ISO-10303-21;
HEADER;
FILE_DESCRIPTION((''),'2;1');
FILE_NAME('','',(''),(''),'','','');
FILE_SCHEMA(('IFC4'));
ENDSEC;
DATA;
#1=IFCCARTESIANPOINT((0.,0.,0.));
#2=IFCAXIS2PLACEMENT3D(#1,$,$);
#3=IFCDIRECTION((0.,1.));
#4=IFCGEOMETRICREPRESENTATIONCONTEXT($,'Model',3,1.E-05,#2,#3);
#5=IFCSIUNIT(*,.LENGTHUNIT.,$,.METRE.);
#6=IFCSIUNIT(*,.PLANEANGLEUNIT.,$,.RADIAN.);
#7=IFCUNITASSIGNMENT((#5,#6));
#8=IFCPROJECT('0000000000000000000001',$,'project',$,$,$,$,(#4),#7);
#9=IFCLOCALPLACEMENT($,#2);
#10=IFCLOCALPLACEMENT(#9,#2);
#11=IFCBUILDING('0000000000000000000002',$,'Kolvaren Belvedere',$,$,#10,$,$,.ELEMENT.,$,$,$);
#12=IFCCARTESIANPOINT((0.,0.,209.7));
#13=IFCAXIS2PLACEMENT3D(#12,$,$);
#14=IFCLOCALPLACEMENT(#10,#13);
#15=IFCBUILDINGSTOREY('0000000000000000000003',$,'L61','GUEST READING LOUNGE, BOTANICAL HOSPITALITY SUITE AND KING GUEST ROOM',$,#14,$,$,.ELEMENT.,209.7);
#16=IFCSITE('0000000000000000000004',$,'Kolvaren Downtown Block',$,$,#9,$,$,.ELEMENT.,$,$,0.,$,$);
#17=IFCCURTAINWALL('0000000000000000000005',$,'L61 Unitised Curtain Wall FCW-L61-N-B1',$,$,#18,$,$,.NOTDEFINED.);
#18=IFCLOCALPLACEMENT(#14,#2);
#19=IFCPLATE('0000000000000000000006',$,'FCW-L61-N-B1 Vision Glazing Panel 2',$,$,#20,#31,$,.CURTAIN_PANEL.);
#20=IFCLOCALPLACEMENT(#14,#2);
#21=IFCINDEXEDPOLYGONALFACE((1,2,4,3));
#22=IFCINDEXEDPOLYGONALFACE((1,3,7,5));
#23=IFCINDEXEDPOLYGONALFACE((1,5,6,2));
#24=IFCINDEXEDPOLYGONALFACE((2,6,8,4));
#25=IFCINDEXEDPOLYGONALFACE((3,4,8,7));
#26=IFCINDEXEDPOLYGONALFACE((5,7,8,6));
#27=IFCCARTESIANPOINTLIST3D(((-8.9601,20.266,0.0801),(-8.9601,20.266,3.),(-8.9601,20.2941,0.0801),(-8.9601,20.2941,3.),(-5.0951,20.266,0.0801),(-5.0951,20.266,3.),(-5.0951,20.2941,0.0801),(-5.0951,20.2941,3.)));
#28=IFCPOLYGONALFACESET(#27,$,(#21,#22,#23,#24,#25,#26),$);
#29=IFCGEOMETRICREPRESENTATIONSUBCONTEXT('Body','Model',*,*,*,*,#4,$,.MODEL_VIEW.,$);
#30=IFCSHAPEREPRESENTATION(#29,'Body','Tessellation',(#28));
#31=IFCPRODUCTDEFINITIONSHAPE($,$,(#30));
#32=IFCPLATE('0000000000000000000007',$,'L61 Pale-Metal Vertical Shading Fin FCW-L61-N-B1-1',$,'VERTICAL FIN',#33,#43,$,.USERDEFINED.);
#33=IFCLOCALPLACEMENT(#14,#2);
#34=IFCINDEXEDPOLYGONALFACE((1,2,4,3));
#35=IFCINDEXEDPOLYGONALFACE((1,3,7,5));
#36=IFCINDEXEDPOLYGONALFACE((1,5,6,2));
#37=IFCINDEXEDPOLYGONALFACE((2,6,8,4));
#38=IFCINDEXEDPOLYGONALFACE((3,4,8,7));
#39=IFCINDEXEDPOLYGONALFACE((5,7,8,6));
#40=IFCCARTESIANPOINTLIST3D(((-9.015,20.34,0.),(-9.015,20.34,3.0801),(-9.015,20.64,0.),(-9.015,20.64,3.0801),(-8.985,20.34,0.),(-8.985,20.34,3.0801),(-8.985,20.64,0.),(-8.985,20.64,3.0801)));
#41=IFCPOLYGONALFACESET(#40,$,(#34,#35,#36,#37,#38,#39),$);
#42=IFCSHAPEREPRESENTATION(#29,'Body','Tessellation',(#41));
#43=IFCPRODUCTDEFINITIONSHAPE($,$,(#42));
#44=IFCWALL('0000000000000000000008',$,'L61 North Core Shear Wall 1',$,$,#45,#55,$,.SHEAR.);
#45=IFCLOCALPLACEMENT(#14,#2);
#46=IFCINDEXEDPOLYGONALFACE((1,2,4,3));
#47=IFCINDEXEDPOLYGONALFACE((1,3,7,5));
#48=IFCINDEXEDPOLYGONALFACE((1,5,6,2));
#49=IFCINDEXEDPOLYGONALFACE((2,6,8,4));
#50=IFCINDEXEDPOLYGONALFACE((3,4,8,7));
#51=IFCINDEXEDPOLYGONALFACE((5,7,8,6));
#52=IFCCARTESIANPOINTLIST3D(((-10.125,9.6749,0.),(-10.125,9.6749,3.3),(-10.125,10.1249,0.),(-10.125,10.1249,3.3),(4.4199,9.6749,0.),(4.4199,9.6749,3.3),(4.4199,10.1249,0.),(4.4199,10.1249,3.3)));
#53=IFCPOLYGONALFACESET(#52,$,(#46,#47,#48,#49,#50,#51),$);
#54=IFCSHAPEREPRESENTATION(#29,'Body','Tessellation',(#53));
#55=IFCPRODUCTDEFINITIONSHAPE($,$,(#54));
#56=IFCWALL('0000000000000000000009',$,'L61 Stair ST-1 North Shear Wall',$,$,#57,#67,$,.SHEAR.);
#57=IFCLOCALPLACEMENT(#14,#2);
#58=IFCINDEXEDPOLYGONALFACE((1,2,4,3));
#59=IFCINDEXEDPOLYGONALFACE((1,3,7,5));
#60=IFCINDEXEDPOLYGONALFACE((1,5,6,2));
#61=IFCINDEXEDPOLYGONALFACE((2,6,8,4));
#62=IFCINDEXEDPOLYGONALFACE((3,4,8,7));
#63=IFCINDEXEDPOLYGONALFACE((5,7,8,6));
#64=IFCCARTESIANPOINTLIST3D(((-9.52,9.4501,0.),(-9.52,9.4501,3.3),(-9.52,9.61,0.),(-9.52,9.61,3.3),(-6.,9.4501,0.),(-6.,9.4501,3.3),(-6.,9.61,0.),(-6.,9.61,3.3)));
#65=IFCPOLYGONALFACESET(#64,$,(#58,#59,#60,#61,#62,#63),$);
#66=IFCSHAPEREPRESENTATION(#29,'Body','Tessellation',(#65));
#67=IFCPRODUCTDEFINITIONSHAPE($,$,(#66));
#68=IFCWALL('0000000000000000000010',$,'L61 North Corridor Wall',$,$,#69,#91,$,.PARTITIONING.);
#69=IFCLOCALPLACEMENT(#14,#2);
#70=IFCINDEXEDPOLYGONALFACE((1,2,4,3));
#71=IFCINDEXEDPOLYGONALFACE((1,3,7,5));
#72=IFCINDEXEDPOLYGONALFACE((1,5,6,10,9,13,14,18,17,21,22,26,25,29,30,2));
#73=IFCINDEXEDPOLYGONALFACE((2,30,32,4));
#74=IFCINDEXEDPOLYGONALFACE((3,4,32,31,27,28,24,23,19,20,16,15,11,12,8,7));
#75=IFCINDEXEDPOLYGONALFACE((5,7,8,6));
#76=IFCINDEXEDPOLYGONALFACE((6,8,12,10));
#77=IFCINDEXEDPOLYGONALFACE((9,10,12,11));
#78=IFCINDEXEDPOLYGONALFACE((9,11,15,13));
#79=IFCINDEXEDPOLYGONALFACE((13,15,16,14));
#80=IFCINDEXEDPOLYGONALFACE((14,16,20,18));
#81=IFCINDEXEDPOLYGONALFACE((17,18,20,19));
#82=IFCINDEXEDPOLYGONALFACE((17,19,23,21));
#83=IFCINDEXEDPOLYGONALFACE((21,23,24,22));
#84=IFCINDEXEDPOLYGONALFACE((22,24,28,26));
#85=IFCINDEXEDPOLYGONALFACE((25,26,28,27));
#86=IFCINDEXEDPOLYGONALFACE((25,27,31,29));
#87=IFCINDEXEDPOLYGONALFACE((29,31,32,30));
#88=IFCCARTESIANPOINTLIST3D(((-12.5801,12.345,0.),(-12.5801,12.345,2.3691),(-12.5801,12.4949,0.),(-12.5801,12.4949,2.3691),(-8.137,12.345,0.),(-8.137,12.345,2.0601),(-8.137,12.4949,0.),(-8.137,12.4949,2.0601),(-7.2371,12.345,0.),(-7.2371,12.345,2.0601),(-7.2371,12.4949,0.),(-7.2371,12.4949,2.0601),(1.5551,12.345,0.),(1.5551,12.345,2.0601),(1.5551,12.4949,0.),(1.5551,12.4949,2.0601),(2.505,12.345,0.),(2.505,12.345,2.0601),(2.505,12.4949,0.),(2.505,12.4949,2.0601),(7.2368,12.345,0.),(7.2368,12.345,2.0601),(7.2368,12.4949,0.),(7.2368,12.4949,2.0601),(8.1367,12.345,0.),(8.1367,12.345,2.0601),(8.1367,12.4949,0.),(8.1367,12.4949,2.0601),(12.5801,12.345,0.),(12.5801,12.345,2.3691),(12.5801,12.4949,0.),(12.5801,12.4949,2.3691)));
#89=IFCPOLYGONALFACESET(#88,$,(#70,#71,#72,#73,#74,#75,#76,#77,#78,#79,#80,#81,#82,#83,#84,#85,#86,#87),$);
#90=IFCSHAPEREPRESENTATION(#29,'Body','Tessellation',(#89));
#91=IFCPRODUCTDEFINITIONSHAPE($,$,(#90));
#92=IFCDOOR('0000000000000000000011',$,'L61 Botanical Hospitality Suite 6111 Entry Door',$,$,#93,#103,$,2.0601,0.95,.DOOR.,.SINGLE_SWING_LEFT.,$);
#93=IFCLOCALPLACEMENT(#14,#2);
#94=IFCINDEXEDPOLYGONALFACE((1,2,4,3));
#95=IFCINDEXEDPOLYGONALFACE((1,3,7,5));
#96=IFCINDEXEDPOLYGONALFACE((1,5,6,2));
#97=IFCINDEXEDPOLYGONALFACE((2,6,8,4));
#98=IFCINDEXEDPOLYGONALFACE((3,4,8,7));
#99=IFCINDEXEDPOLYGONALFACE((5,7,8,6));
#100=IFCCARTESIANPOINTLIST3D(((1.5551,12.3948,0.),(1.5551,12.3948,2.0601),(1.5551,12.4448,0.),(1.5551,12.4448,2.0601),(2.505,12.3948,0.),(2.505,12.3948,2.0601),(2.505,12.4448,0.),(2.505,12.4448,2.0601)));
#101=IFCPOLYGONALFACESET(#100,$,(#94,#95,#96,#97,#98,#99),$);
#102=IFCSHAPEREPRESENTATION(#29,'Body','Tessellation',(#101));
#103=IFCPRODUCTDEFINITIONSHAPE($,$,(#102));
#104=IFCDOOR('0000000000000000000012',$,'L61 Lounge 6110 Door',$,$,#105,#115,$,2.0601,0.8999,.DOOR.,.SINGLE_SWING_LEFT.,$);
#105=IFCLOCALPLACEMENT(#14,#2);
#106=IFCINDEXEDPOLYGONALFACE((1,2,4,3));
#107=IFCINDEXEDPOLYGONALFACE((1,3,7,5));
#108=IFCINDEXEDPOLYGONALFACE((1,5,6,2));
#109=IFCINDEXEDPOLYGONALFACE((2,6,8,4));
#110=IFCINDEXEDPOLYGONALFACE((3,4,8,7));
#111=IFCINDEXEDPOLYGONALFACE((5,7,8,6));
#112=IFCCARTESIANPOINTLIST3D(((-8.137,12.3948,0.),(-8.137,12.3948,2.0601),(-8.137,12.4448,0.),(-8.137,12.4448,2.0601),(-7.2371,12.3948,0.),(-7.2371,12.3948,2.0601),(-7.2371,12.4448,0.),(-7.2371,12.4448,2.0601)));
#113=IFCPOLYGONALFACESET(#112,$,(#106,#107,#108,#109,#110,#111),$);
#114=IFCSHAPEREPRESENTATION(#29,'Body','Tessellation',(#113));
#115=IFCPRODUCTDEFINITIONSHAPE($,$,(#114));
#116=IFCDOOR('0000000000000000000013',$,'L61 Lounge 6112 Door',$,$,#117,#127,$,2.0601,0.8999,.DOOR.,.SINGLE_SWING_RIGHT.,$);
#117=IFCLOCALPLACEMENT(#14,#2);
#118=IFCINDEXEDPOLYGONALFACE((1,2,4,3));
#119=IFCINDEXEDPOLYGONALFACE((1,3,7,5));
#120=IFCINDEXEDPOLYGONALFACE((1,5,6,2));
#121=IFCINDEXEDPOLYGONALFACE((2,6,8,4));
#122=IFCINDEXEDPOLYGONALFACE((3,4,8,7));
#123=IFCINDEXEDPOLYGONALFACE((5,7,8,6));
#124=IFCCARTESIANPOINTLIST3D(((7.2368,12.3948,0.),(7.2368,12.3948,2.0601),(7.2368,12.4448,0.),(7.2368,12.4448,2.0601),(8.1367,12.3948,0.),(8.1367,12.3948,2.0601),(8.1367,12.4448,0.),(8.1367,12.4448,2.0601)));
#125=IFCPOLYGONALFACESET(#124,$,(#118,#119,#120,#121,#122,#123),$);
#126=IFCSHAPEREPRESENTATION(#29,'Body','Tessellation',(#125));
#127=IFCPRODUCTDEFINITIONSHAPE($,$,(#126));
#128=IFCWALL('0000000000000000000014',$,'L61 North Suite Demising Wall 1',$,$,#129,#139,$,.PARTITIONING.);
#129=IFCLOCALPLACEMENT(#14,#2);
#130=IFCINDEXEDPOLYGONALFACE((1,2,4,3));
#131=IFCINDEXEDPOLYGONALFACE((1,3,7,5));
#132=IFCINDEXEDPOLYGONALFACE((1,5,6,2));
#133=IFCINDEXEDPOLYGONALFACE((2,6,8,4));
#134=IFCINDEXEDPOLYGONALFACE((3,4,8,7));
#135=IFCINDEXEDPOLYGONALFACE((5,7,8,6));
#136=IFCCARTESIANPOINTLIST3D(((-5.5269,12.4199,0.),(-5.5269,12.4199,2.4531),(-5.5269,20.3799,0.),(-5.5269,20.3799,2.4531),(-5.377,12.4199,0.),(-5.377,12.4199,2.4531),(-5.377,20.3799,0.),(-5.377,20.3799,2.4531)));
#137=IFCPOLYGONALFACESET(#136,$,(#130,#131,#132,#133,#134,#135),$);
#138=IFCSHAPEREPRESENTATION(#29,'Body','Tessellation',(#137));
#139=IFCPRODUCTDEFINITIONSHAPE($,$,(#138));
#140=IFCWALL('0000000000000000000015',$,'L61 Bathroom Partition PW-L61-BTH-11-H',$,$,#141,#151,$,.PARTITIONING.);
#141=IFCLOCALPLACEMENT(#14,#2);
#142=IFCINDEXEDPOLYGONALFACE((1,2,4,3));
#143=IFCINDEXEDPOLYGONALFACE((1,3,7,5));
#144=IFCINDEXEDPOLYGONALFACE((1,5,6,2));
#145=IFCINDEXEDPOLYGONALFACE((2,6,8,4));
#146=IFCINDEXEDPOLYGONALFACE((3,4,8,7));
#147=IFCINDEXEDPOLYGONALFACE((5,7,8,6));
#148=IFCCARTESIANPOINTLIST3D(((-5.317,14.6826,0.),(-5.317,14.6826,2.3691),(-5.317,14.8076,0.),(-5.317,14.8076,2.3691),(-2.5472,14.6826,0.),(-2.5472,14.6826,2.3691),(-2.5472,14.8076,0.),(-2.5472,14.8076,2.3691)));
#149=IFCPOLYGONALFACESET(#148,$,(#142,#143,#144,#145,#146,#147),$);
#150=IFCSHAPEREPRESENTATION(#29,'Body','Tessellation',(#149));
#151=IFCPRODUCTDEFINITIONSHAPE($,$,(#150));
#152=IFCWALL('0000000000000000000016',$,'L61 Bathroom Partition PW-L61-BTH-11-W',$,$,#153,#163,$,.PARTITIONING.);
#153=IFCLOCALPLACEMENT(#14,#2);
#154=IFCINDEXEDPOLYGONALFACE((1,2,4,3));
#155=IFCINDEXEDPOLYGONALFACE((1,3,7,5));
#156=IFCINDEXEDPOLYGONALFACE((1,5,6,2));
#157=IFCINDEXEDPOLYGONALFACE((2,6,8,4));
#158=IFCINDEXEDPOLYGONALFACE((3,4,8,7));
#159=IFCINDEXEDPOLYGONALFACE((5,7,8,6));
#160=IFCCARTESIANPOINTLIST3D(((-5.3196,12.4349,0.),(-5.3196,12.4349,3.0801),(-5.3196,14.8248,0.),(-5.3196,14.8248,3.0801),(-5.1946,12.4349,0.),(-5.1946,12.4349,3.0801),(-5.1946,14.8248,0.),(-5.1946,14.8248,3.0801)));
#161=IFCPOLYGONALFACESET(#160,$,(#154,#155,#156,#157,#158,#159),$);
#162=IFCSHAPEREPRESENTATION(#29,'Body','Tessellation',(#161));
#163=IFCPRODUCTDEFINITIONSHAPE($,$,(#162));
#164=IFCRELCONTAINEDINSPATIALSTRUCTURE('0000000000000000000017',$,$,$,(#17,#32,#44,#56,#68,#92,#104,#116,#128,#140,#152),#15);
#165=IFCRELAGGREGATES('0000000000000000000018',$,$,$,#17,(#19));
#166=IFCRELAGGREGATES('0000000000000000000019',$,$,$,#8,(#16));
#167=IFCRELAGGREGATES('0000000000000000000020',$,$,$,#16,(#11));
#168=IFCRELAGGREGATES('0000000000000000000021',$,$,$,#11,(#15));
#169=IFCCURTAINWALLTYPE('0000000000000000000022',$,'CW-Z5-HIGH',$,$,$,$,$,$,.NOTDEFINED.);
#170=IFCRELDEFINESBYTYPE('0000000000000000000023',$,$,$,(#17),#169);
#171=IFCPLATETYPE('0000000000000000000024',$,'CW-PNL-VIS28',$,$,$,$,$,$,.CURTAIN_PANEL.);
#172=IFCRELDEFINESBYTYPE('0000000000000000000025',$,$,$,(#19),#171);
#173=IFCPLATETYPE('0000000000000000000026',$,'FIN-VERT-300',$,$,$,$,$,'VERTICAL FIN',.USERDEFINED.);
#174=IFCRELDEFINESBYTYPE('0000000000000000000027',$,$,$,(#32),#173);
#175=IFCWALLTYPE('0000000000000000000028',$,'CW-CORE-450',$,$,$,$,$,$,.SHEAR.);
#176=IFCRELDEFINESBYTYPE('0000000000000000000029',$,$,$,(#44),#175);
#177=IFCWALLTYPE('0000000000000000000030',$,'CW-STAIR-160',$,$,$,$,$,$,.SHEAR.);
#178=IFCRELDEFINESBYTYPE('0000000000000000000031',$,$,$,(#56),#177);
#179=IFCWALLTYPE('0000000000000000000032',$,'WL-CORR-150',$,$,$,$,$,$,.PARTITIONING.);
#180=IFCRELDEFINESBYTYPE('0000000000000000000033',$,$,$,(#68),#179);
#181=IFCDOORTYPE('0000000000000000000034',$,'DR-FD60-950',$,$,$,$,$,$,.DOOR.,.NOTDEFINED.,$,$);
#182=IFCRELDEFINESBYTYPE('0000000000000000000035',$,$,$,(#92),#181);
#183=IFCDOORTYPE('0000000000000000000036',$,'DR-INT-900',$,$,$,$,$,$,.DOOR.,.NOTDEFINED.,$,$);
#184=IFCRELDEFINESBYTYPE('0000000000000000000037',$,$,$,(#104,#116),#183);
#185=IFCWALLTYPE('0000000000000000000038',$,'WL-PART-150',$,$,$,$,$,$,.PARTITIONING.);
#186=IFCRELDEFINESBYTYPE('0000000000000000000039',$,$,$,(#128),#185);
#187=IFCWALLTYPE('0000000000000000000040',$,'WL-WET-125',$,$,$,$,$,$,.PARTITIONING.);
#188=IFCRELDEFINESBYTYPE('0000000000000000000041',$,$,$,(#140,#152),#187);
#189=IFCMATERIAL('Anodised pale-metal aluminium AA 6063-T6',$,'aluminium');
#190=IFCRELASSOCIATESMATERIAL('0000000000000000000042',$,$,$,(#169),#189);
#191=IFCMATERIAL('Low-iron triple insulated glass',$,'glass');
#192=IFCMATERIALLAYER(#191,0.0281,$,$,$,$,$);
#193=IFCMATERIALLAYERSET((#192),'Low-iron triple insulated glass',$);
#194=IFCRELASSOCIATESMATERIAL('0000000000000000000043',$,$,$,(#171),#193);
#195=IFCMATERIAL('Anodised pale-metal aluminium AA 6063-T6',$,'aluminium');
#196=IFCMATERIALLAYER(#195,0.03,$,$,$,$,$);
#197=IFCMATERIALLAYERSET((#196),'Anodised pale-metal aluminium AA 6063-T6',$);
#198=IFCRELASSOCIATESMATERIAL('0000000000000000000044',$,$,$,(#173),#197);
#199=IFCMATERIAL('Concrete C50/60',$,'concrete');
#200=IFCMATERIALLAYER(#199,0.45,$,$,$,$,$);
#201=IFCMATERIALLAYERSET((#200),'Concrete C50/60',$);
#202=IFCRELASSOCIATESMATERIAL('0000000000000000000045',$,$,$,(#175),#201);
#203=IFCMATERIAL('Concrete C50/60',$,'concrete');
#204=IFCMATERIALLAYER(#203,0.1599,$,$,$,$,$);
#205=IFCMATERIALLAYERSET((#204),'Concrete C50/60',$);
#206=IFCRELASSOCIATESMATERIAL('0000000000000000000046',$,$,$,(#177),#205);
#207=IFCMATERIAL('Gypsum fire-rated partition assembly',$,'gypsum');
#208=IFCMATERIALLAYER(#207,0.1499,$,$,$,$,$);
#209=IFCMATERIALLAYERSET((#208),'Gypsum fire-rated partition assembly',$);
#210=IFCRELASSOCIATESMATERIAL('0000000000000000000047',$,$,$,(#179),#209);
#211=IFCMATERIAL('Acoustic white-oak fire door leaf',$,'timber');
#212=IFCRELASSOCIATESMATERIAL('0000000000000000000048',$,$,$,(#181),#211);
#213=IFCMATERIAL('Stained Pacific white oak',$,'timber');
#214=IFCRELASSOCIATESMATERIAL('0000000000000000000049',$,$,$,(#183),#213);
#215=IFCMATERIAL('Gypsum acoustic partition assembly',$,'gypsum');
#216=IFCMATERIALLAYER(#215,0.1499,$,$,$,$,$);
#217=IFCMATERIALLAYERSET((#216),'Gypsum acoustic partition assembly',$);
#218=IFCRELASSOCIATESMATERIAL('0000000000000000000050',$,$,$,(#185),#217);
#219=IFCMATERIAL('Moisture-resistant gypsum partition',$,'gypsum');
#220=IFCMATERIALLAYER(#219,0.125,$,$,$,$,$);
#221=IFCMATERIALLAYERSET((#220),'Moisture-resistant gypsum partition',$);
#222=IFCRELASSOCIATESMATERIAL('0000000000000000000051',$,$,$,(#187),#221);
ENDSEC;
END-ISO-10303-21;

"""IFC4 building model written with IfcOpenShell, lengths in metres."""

from ifc_helpers import new_model, si_unit, direction, frame, frame_2d, origin, origin_2d, place, context, subcontext, project, spatial, rectangle, extrude, material, layer, layer_set, type_object, element, fill, aggregate, save


model = new_model("IFC4")

# Units and contexts
model_context = context("Model", 3, precision=1e-05, world=origin(), true_north=direction((0.0, 1.0)))
body_context = subcontext(model_context, "Body", "Model", "MODEL_VIEW")
ifc_project = project(units=[si_unit("LENGTHUNIT", "METRE"), si_unit("PLANEANGLEUNIT", "RADIAN")], contexts=[model_context])

# Site, building, storey
site_placement = place(None, origin())
site = spatial("IfcSite", under=ifc_project, at=site_placement, Name="Kolvaren Downtown Block", CompositionType="ELEMENT", RefElevation=0.0)
building_placement = place(site_placement, origin())
building = spatial("IfcBuilding", under=site, at=building_placement, Name="Kolvaren Belvedere", CompositionType="ELEMENT")
storey_placement = place(building_placement, frame((0.0, 0.0, 209.7)))
storey = spatial("IfcBuildingStorey", under=building, at=storey_placement, Name="L61", Description="GUEST READING LOUNGE, BOTANICAL HOSPITALITY SUITE AND KING GUEST ROOM", CompositionType="ELEMENT", Elevation=209.7)

# Curtain wall
ifc_material_1 = material(Name="Anodised pale-metal aluminium AA 6063-T6", Category="aluminium")
curtain_wall_type = type_object("IfcCurtainWallType", Name="CW-Z5-HIGH", PredefinedType="NOTDEFINED", material=ifc_material_1)
curtain_wall_1_placement = place(storey_placement, origin())
curtain_wall_1 = element("IfcCurtainWall", 1, at=curtain_wall_1_placement, inside=storey, type_object=curtain_wall_type, Name="L61 Unitised Curtain Wall FCW-L61-N-B1", PredefinedType="NOTDEFINED")

# Plates
ifc_material_2 = material(Name="Low-iron triple insulated glass", Category="glass")
ifc_layer_1 = layer(ifc_material_2, 0.0281)
ifc_layer_set_1 = layer_set([ifc_layer_1], Name="Low-iron triple insulated glass")
plate_type_1 = type_object("IfcPlateType", Name="CW-PNL-VIS28", PredefinedType="CURTAIN_PANEL", material=ifc_layer_set_1)
plate_1_placement = place(storey_placement, frame((-7.0276, 20.28, 0.0801), z_axis=(0.0, 0.0, 1.0), x_axis=(1.0, 0.0, 0.0)))
plate_1 = element("IfcPlate", 2, at=plate_1_placement, type_object=plate_type_1, Name="FCW-L61-N-B1 Vision Glazing Panel 2", PredefinedType="CURTAIN_PANEL", context=body_context, shape_type="SweptSolid", body=[
    extrude(rectangle(XDim=3.865, YDim=0.0281, at=origin_2d()), origin(), (0.0, 0.0, 1.0), 2.9199),
])
aggregate(curtain_wall_1, [plate_1])
ifc_material_3 = material(Name="Anodised pale-metal aluminium AA 6063-T6", Category="aluminium")
ifc_layer_2 = layer(ifc_material_3, 0.03)
ifc_layer_set_2 = layer_set([ifc_layer_2], Name="Anodised pale-metal aluminium AA 6063-T6")
plate_type_2 = type_object("IfcPlateType", Name="FIN-VERT-300", ElementType="VERTICAL FIN", PredefinedType="USERDEFINED", material=ifc_layer_set_2)
plate_2_placement = place(storey_placement, frame((-9.0, 20.49, 0.0), z_axis=(0.0, 0.0, 1.0), x_axis=(0.0, 1.0, 0.0)))
element("IfcPlate", 3, at=plate_2_placement, inside=storey, type_object=plate_type_2, Name="L61 Pale-Metal Vertical Shading Fin FCW-L61-N-B1-1", ObjectType="VERTICAL FIN", PredefinedType="USERDEFINED", context=body_context, shape_type="SweptSolid", body=[
    extrude(rectangle(XDim=0.3, YDim=0.03, at=origin_2d()), origin(), (0.0, 0.0, 1.0), 3.0801),
])

# Walls
ifc_material_4 = material(Name="Concrete C50/60", Category="concrete")
ifc_layer_3 = layer(ifc_material_4, 0.45)
ifc_layer_set_3 = layer_set([ifc_layer_3], Name="Concrete C50/60")
wall_type_1 = type_object("IfcWallType", Name="CW-CORE-450", PredefinedType="SHEAR", material=ifc_layer_set_3)
wall_1_placement = place(storey_placement, frame((-10.125, 9.8999, 0.0), z_axis=(0.0, 0.0, 1.0), x_axis=(1.0, 0.0, 0.0)))
element("IfcWall", 4, at=wall_1_placement, inside=storey, type_object=wall_type_1, Name="L61 North Core Shear Wall 1", PredefinedType="SHEAR", context=body_context, shape_type="SweptSolid", body=[
    extrude(rectangle(XDim=14.5449, YDim=0.45, at=frame_2d((7.2725, 0.0))), origin(), (0.0, 0.0, 1.0), 3.3),
])
ifc_material_5 = material(Name="Concrete C50/60", Category="concrete")
ifc_layer_4 = layer(ifc_material_5, 0.1599)
ifc_layer_set_4 = layer_set([ifc_layer_4], Name="Concrete C50/60")
wall_type_2 = type_object("IfcWallType", Name="CW-STAIR-160", PredefinedType="SHEAR", material=ifc_layer_set_4)
wall_2_placement = place(storey_placement, frame((-9.52, 9.53, 0.0), z_axis=(0.0, 0.0, 1.0), x_axis=(1.0, 0.0, 0.0)))
element("IfcWall", 5, at=wall_2_placement, inside=storey, type_object=wall_type_2, Name="L61 Stair ST-1 North Shear Wall", PredefinedType="SHEAR", context=body_context, shape_type="SweptSolid", body=[
    extrude(rectangle(XDim=3.52, YDim=0.1599, at=frame_2d((1.76, 0.0))), origin(), (0.0, 0.0, 1.0), 3.3),
])

# Wall, openings, doors
ifc_material_6 = material(Name="Gypsum fire-rated partition assembly", Category="gypsum")
ifc_layer_5 = layer(ifc_material_6, 0.1499)
ifc_layer_set_5 = layer_set([ifc_layer_5], Name="Gypsum fire-rated partition assembly")
wall_type_3 = type_object("IfcWallType", Name="WL-CORR-150", PredefinedType="PARTITIONING", material=ifc_layer_set_5)
wall_3_placement = place(storey_placement, frame((-12.5801, 12.4199, 0.0), z_axis=(0.0, 0.0, 1.0), x_axis=(1.0, 0.0, 0.0)))
wall_3 = element("IfcWall", 6, at=wall_3_placement, inside=storey, type_object=wall_type_3, Name="L61 North Corridor Wall", PredefinedType="PARTITIONING", context=body_context, shape_type="SweptSolid", body=[
    extrude(rectangle(XDim=25.1602, YDim=0.1499, at=frame_2d((12.5801, 0.0))), origin(), (0.0, 0.0, 1.0), 2.3691),
])
opening_1_placement = place(wall_3_placement, frame((4.4431, 0.0, 0.0)))
opening_1 = element("IfcOpeningElement", 7, at=opening_1_placement, cuts=wall_3, PredefinedType="OPENING", context=body_context, shape_type="SweptSolid", body=[
    extrude(rectangle(XDim=0.8999, YDim=2.0601, at=frame_2d((0.45, 1.03))), frame((0.0, 0.085, 0.0), z_axis=(0.0, -1.0, 0.0), x_axis=(1.0, 0.0, 0.0)), (0.0, 0.0, 1.0), 0.1699),
])
opening_2_placement = place(wall_3_placement, frame((14.135, 0.0, 0.0)))
opening_2 = element("IfcOpeningElement", 8, at=opening_2_placement, cuts=wall_3, PredefinedType="OPENING", context=body_context, shape_type="SweptSolid", body=[
    extrude(rectangle(XDim=0.95, YDim=2.0601, at=frame_2d((0.4751, 1.03))), frame((0.0, 0.085, 0.0), z_axis=(0.0, -1.0, 0.0), x_axis=(1.0, 0.0, 0.0)), (0.0, 0.0, 1.0), 0.1699),
])
opening_3_placement = place(wall_3_placement, frame((19.8169, 0.0, 0.0)))
opening_3 = element("IfcOpeningElement", 9, at=opening_3_placement, cuts=wall_3, PredefinedType="OPENING", context=body_context, shape_type="SweptSolid", body=[
    extrude(rectangle(XDim=0.8999, YDim=2.0601, at=frame_2d((0.45, 1.03))), frame((0.0, 0.085, 0.0), z_axis=(0.0, -1.0, 0.0), x_axis=(1.0, 0.0, 0.0)), (0.0, 0.0, 1.0), 0.1699),
])
ifc_material_7 = material(Name="Acoustic white-oak fire door leaf", Category="timber")
door_type_1 = type_object("IfcDoorType", Name="DR-FD60-950", OperationType="NOTDEFINED", PredefinedType="DOOR", material=ifc_material_7)
door_1_placement = place(opening_2_placement, origin())
door_1 = element("IfcDoor", 10, at=door_1_placement, inside=storey, type_object=door_type_1, Name="L61 Botanical Hospitality Suite 6111 Entry Door", OperationType="SINGLE_SWING_LEFT", OverallHeight=2.0601, OverallWidth=0.95, PredefinedType="DOOR", context=body_context, shape_type="SweptSolid", body=[
    extrude(rectangle(XDim=0.95, YDim=2.0601, at=frame_2d((0.4751, 1.03))), frame((0.0, 0.0249, 0.0), z_axis=(0.0, -1.0, 0.0), x_axis=(1.0, 0.0, 0.0)), (0.0, 0.0, 1.0), 0.05),
])
fill(opening_2, door_1)
ifc_material_8 = material(Name="Stained Pacific white oak", Category="timber")
door_type_2 = type_object("IfcDoorType", Name="DR-INT-900", OperationType="NOTDEFINED", PredefinedType="DOOR", material=ifc_material_8)
door_2_placement = place(opening_1_placement, origin())
door_2 = element("IfcDoor", 11, at=door_2_placement, inside=storey, type_object=door_type_2, Name="L61 Lounge 6110 Door", OperationType="SINGLE_SWING_LEFT", OverallHeight=2.0601, OverallWidth=0.8999, PredefinedType="DOOR", context=body_context, shape_type="SweptSolid", body=[
    extrude(rectangle(XDim=0.8999, YDim=2.0601, at=frame_2d((0.45, 1.03))), frame((0.0, 0.0249, 0.0), z_axis=(0.0, -1.0, 0.0), x_axis=(1.0, 0.0, 0.0)), (0.0, 0.0, 1.0), 0.05),
])
fill(opening_1, door_2)
door_3_placement = place(opening_3_placement, origin())
door_3 = element("IfcDoor", 12, at=door_3_placement, inside=storey, type_object=door_type_2, Name="L61 Lounge 6112 Door", OperationType="SINGLE_SWING_RIGHT", OverallHeight=2.0601, OverallWidth=0.8999, PredefinedType="DOOR", context=body_context, shape_type="SweptSolid", body=[
    extrude(rectangle(XDim=0.8999, YDim=2.0601, at=frame_2d((0.45, 1.03))), frame((0.0, 0.0249, 0.0), z_axis=(0.0, -1.0, 0.0), x_axis=(1.0, 0.0, 0.0)), (0.0, 0.0, 1.0), 0.05),
])
fill(opening_3, door_3)

# Walls
ifc_material_9 = material(Name="Gypsum acoustic partition assembly", Category="gypsum")
ifc_layer_6 = layer(ifc_material_9, 0.1499)
ifc_layer_set_6 = layer_set([ifc_layer_6], Name="Gypsum acoustic partition assembly")
wall_type_4 = type_object("IfcWallType", Name="WL-PART-150", PredefinedType="PARTITIONING", material=ifc_layer_set_6)
wall_4_placement = place(storey_placement, frame((-5.4519, 12.4199, 0.0), z_axis=(0.0, 0.0, 1.0), x_axis=(0.0, 1.0, 0.0)))
element("IfcWall", 13, at=wall_4_placement, inside=storey, type_object=wall_type_4, Name="L61 North Suite Demising Wall 1", PredefinedType="PARTITIONING", context=body_context, shape_type="SweptSolid", body=[
    extrude(rectangle(XDim=7.96, YDim=0.1499, at=frame_2d((3.98, 0.0))), origin(), (0.0, 0.0, 1.0), 2.4531),
])
ifc_material_10 = material(Name="Moisture-resistant gypsum partition", Category="gypsum")
ifc_layer_7 = layer(ifc_material_10, 0.125)
ifc_layer_set_7 = layer_set([ifc_layer_7], Name="Moisture-resistant gypsum partition")
wall_type_5 = type_object("IfcWallType", Name="WL-WET-125", PredefinedType="PARTITIONING", material=ifc_layer_set_7)
wall_5_placement = place(storey_placement, frame((-5.3169, 14.7451, 0.0), z_axis=(0.0, 0.0, 1.0), x_axis=(1.0, 0.0, 0.0)))
element("IfcWall", 14, at=wall_5_placement, inside=storey, type_object=wall_type_5, Name="L61 Bathroom Partition PW-L61-BTH-11-H", PredefinedType="PARTITIONING", context=body_context, shape_type="SweptSolid", body=[
    extrude(rectangle(XDim=2.7698, YDim=0.125, at=frame_2d((1.3848, 0.0))), origin(), (0.0, 0.0, 1.0), 2.3691),
])
wall_6_placement = place(storey_placement, frame((-5.2571, 12.4351, 0.0), z_axis=(0.0, 0.0, 1.0), x_axis=(0.0, 1.0, 0.0)))
element("IfcWall", 15, at=wall_6_placement, inside=storey, type_object=wall_type_5, Name="L61 Bathroom Partition PW-L61-BTH-11-W", PredefinedType="PARTITIONING", context=body_context, shape_type="SweptSolid", body=[
    extrude(rectangle(XDim=2.3899, YDim=0.125, at=frame_2d((1.1948, 0.0))), origin(), (0.0, 0.0, 1.0), 3.0801),
])

save(model, "model.ifc")
